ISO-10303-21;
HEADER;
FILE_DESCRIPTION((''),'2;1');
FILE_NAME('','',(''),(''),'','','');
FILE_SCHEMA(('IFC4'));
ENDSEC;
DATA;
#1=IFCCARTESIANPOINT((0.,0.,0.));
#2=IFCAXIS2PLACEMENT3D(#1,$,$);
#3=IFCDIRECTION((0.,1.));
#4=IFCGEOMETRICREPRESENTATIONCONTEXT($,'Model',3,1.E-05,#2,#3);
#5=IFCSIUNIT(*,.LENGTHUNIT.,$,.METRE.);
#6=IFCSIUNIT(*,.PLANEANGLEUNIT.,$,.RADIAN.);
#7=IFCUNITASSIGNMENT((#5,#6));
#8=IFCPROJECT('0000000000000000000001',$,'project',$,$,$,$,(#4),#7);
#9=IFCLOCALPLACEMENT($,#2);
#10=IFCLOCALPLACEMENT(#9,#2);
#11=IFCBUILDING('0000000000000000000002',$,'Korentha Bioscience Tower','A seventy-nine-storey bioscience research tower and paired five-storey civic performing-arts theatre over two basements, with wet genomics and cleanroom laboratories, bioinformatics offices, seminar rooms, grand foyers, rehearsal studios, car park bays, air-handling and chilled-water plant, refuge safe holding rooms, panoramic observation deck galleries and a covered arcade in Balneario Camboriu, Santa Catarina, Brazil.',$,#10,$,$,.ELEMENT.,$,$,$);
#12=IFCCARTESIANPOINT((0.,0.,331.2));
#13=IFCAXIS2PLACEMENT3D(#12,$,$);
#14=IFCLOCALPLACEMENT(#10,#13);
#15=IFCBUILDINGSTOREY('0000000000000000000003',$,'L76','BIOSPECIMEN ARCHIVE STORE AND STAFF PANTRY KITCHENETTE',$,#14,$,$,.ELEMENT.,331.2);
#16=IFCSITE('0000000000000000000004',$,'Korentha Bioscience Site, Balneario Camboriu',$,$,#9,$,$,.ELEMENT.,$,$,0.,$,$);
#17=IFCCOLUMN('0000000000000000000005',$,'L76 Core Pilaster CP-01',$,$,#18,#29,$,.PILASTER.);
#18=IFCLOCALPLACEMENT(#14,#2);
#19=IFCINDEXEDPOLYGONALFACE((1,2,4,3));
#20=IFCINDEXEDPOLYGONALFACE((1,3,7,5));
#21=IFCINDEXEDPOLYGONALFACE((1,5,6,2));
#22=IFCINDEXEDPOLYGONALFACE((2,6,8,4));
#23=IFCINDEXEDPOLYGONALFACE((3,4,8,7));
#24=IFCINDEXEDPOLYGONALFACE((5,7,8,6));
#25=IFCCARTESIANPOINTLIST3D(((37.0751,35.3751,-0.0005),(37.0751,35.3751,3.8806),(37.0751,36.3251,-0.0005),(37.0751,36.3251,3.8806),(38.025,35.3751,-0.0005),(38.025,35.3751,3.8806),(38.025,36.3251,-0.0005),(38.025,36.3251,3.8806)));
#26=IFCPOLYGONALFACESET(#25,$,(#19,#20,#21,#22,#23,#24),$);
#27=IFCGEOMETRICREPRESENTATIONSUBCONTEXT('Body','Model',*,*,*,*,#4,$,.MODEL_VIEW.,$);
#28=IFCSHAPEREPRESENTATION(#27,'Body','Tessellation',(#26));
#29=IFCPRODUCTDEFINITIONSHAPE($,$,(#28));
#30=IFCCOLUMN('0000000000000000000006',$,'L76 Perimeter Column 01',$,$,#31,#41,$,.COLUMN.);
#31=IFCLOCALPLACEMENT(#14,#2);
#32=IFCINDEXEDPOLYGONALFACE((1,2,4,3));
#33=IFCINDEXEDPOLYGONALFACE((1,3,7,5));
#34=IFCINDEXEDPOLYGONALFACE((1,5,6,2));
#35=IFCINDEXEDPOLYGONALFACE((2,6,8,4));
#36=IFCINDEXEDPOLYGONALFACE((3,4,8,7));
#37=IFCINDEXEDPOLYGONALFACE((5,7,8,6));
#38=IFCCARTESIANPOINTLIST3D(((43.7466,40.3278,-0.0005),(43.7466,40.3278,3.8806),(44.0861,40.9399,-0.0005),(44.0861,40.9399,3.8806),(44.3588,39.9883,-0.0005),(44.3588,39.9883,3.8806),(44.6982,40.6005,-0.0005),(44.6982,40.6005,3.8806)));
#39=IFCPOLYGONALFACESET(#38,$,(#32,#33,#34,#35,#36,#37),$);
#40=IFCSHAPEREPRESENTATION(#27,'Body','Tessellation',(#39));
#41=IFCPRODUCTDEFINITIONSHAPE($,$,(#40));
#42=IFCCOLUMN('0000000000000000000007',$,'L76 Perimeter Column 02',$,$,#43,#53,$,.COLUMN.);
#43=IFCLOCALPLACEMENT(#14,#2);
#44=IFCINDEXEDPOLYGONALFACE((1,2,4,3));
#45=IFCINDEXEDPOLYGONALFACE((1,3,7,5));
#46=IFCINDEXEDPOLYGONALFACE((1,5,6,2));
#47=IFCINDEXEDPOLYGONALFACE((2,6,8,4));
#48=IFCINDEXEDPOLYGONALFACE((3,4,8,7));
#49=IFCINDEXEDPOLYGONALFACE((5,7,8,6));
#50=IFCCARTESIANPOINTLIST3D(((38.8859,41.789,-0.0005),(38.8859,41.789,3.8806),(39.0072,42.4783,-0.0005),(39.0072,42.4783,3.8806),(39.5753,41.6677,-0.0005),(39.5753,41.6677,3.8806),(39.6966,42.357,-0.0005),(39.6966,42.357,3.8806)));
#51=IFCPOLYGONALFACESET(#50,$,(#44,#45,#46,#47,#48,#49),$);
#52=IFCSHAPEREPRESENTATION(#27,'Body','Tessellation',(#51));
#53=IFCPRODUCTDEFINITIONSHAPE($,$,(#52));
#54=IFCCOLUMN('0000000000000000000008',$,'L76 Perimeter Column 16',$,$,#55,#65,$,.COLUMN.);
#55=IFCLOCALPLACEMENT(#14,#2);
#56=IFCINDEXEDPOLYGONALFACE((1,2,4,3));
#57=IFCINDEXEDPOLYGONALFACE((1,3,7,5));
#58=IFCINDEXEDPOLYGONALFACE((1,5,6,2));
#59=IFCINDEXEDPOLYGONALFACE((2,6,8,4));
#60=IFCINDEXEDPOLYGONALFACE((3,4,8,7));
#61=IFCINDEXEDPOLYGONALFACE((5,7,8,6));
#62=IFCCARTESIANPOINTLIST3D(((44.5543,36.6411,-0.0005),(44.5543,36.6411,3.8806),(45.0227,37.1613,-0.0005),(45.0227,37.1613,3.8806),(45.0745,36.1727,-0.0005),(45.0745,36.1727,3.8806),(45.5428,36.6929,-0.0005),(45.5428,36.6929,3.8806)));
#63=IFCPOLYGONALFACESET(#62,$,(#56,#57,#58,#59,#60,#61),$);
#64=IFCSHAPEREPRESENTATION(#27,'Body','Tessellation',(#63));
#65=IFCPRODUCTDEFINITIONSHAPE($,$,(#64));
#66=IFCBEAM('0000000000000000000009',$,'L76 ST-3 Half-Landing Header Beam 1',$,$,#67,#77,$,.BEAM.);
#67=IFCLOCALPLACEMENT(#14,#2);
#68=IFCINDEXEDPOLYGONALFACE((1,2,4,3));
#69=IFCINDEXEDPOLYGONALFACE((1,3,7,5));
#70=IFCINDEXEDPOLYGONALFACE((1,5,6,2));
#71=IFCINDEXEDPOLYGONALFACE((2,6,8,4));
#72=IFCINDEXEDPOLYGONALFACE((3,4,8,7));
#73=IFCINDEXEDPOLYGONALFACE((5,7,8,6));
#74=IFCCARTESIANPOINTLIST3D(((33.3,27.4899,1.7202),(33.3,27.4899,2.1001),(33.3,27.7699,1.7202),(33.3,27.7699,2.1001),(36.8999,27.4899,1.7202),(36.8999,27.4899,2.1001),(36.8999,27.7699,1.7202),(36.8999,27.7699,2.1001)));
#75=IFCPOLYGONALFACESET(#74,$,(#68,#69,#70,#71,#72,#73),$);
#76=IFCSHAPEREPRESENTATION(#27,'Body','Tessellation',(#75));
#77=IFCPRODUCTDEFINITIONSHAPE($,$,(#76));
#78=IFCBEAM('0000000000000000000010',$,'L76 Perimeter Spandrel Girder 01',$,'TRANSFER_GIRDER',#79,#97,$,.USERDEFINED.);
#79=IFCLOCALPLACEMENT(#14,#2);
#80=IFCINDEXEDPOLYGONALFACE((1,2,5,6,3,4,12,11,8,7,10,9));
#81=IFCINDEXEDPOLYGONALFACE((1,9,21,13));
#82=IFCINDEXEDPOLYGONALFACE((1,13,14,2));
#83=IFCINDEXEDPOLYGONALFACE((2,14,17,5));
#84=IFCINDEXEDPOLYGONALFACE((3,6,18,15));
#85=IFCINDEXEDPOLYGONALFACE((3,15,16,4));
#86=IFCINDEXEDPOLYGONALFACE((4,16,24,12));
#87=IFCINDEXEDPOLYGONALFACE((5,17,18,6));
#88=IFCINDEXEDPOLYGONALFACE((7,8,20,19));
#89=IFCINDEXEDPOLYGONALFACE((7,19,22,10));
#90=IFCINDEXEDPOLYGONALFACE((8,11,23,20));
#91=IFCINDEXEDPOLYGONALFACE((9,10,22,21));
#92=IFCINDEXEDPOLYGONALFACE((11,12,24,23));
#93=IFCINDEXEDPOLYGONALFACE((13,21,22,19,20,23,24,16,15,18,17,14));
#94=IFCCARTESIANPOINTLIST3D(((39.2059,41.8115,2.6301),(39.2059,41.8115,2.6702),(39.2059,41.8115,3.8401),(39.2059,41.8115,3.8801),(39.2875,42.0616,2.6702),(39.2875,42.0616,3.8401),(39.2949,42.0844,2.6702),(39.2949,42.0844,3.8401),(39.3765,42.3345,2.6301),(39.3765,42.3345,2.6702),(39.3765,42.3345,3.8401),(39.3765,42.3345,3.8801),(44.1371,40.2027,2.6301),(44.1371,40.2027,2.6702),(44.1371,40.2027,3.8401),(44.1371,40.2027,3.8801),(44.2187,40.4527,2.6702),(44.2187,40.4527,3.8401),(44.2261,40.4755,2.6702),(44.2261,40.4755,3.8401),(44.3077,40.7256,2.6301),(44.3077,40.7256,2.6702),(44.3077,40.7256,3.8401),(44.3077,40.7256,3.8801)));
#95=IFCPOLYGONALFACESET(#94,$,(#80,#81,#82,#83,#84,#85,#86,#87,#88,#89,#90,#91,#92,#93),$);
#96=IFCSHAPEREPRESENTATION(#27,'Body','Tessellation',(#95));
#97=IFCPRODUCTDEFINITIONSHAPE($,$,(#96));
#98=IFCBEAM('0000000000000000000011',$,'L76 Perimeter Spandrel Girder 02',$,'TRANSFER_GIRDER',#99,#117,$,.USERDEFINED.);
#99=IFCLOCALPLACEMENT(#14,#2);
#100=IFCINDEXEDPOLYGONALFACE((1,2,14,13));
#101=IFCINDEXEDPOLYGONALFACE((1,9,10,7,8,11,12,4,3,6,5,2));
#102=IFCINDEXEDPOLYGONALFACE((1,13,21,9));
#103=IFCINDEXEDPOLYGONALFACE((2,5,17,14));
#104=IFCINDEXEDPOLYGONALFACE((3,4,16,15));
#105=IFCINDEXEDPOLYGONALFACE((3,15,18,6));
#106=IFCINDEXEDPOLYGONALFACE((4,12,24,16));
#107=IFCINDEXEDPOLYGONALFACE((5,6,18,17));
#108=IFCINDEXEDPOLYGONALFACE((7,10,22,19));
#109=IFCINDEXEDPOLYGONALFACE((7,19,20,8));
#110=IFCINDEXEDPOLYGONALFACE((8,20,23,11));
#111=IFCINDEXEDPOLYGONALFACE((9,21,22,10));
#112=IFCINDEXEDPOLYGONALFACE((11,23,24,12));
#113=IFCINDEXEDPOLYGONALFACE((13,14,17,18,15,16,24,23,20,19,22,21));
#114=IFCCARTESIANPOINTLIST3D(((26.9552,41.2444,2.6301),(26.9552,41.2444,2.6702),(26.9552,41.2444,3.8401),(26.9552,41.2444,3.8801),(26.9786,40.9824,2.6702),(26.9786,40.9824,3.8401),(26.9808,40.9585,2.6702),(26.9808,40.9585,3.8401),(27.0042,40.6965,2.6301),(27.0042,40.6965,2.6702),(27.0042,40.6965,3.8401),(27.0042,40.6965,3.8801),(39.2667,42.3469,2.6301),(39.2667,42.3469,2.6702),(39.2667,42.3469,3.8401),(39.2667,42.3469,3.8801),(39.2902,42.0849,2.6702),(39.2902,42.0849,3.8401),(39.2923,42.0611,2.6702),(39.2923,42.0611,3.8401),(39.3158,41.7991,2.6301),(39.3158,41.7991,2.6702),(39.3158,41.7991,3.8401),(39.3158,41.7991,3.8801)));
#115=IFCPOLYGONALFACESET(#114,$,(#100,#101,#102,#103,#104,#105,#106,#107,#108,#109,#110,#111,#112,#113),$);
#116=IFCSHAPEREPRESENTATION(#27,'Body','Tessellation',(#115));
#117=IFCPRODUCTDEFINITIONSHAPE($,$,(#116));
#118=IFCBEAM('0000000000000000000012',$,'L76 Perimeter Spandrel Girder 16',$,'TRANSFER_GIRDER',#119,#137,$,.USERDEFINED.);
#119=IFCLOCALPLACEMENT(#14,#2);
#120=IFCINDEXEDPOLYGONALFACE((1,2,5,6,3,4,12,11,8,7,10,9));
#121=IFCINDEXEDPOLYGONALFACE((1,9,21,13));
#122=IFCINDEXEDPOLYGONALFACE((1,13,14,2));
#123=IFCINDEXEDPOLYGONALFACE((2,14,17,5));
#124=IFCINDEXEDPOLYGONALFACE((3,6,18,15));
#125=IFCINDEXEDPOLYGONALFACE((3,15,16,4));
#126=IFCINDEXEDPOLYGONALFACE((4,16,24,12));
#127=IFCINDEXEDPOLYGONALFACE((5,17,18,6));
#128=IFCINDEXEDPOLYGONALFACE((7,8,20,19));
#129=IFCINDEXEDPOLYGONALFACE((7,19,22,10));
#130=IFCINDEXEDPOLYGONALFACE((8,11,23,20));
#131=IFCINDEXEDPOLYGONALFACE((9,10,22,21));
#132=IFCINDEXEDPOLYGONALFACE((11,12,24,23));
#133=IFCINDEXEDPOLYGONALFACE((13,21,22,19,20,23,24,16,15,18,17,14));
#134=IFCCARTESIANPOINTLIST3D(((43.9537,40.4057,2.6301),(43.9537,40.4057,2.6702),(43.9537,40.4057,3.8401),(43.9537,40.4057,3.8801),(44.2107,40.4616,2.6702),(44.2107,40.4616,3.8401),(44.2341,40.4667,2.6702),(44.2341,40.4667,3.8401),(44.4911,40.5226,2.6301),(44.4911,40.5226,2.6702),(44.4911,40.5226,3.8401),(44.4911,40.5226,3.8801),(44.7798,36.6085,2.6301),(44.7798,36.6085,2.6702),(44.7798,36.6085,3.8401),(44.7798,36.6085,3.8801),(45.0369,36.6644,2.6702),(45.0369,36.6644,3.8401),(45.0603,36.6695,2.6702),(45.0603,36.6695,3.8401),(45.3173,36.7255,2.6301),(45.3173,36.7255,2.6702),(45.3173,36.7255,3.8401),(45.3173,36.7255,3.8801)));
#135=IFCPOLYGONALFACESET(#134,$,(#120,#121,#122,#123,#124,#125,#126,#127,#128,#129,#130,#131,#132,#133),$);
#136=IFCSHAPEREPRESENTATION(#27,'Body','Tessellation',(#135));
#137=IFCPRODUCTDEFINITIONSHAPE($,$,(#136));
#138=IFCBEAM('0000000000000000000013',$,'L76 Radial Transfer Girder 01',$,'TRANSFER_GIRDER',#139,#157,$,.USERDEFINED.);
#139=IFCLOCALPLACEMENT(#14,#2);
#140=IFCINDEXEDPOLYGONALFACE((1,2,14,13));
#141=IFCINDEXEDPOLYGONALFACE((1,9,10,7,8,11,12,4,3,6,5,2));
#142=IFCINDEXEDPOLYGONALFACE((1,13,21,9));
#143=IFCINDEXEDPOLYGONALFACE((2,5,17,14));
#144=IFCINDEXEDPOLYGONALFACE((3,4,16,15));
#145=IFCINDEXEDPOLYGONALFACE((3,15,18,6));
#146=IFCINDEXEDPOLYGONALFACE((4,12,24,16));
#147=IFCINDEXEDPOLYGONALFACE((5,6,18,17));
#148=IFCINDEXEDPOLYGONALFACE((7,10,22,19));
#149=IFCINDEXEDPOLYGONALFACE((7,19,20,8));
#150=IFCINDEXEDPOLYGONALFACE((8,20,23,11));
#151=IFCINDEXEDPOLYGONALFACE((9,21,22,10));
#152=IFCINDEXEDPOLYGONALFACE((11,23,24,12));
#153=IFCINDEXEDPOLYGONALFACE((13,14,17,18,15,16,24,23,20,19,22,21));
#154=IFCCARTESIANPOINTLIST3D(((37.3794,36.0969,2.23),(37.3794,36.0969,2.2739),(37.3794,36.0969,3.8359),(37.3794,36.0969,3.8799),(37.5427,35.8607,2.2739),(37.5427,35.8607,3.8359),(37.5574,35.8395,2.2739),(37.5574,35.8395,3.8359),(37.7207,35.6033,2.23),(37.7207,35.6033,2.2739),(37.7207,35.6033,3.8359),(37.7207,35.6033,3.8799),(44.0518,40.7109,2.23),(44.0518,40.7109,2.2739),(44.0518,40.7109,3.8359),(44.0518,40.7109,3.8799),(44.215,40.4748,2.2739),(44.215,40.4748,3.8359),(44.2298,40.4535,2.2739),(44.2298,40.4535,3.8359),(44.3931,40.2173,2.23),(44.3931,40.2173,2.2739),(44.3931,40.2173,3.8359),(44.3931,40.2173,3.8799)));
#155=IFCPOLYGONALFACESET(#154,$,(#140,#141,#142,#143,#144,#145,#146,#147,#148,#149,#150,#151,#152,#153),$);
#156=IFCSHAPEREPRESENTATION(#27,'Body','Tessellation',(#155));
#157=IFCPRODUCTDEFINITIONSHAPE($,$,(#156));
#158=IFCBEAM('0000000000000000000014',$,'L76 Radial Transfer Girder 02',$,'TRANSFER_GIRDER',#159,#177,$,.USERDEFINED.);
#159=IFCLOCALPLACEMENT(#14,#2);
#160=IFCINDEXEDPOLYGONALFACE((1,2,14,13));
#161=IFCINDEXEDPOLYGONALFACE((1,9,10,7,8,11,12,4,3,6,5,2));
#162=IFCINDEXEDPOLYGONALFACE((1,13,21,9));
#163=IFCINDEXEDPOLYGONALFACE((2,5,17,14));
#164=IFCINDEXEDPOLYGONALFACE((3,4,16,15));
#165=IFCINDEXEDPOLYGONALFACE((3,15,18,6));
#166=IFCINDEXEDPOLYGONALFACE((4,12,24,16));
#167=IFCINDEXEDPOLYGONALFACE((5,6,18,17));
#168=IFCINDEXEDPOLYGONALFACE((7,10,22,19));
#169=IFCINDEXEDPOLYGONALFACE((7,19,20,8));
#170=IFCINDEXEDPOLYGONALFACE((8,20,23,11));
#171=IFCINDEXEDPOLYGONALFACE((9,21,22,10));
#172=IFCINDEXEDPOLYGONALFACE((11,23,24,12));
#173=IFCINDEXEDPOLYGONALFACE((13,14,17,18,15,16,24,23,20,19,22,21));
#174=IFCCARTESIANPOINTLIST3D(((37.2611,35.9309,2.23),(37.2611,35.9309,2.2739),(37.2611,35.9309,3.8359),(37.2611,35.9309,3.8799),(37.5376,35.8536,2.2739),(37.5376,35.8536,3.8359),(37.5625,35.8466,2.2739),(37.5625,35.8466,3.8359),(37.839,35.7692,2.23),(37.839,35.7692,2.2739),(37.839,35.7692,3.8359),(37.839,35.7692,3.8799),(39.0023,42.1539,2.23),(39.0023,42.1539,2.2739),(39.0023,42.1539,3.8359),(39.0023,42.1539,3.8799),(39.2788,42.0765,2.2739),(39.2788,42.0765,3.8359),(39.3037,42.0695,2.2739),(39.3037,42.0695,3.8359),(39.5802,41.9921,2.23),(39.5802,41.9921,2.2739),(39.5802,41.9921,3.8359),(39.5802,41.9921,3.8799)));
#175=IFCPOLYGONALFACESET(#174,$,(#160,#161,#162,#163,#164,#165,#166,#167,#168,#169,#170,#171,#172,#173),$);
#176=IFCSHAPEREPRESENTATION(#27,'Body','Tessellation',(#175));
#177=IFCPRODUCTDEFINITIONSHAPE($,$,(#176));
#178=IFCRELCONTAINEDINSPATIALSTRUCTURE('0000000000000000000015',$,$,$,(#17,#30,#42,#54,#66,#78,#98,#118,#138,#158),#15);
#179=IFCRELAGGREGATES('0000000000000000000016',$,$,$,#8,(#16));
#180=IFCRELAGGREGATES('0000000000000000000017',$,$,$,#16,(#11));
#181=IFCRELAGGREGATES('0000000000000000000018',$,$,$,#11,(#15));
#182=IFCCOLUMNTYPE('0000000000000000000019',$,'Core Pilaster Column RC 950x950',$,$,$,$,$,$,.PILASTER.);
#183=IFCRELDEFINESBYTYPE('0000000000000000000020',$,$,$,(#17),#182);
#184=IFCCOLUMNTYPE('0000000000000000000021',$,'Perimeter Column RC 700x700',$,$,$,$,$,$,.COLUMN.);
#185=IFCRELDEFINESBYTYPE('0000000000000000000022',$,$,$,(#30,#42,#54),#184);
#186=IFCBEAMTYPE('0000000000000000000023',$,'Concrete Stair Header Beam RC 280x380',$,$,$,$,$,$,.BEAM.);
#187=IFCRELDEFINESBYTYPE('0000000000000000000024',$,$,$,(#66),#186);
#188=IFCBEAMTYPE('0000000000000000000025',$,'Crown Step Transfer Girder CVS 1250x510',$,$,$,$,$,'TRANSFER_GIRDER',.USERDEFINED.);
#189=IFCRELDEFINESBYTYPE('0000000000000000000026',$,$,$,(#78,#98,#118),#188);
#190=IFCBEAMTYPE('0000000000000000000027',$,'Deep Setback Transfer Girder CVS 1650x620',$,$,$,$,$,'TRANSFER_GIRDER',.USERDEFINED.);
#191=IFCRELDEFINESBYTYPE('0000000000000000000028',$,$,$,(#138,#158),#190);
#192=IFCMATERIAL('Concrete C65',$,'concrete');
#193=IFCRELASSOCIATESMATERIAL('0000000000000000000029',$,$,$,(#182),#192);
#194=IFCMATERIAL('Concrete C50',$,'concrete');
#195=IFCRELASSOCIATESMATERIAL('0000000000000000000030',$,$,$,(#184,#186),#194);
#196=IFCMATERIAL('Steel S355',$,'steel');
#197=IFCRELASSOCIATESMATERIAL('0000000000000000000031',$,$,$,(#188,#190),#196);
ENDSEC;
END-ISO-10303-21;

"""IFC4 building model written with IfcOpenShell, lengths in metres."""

from ifc_helpers import new_model, si_unit, direction, frame, origin, origin_2d, place, context, subcontext, project, spatial, rectangle, i_section, extrude, material, material_profile, profile_set, type_object, element, save


model = new_model("IFC4")

# Units and contexts
model_context = context("Model", 3, precision=1e-05, world=origin(), true_north=direction((0.0, 1.0)))
body_context = subcontext(model_context, "Body", "Model", "MODEL_VIEW")
ifc_project = project(units=[si_unit("LENGTHUNIT", "METRE"), si_unit("PLANEANGLEUNIT", "RADIAN")], contexts=[model_context])

# Site, building, storey
site_placement = place(None, origin())
site = spatial("IfcSite", under=ifc_project, at=site_placement, Name="Korentha Bioscience Site, Balneario Camboriu", CompositionType="ELEMENT", RefElevation=0.0)
building_placement = place(site_placement, origin())
building = spatial("IfcBuilding", under=site, at=building_placement, Name="Korentha Bioscience Tower", Description="A seventy-nine-storey bioscience research tower and paired five-storey civic performing-arts theatre over two basements, with wet genomics and cleanroom laboratories, bioinformatics offices, seminar rooms, grand foyers, rehearsal studios, car park bays, air-handling and chilled-water plant, refuge safe holding rooms, panoramic observation deck galleries and a covered arcade in Balneario Camboriu, Santa Catarina, Brazil.", CompositionType="ELEMENT")
storey_placement = place(building_placement, frame((0.0, 0.0, 331.2)))
storey = spatial("IfcBuildingStorey", under=building, at=storey_placement, Name="L76", Description="BIOSPECIMEN ARCHIVE STORE AND STAFF PANTRY KITCHENETTE", CompositionType="ELEMENT", Elevation=331.2)

# Columns
ifc_material_1 = material(Name="Concrete C65", Category="concrete")
ifc_material_profile_1 = material_profile(ifc_material_1, rectangle(XDim=0.95, YDim=0.95, at=origin_2d()), Name="Concrete C65")
ifc_profile_set_1 = profile_set([ifc_material_profile_1], Name="Concrete C65 (COL-CP09)")
column_type_1 = type_object("IfcColumnType", Name="Core Pilaster Column RC 950x950", PredefinedType="PILASTER", material=ifc_profile_set_1)
column_placement = place(storey_placement, frame((37.55, 35.8501, -0.0005), z_axis=(0.0, 0.0, 1.0), x_axis=(1.0, 0.0, 0.0)))
element("IfcColumn", 1, at=column_placement, inside=storey, type_object=column_type_1, Name="L76 Core Pilaster CP-01", PredefinedType="PILASTER", context=body_context, shape_type="SweptSolid", body=[
    extrude(rectangle(XDim=0.95, YDim=0.95, at=origin_2d()), origin(), (0.0, 0.0, 1.0), 3.8811),
])
ifc_material_2 = material(Name="Concrete C50", Category="concrete")
ifc_material_profile_2 = material_profile(ifc_material_2, rectangle(XDim=0.7, YDim=0.7, at=origin_2d()), Name="Concrete C50")
ifc_profile_set_2 = profile_set([ifc_material_profile_2], Name="Concrete C50 (COL-P07)")
column_type_2 = type_object("IfcColumnType", Name="Perimeter Column RC 700x700", PredefinedType="COLUMN", material=ifc_profile_set_2)
for number, where, z_axis, x_axis, name in (
    (2, (44.2224, 40.4641, -0.0005), (0.0, 0.0, 1.0), (-0.874535, 0.484962, 0.0), "L76 Perimeter Column 01"),
    (3, (39.2913, 42.073, -0.0005), (0.0, 0.0, 1.0), (-0.984868, 0.173304, 0.0), "L76 Perimeter Column 02"),
    (4, (45.0486, 36.667, -0.0005), (0.0, 0.0, 1.0), (0.669131, 0.743145, 0.0), "L76 Perimeter Column 16"),
):
    element("IfcColumn", number, at=place(storey_placement, frame(where, z_axis=z_axis, x_axis=x_axis)), inside=storey, type_object=column_type_2, Name=name, PredefinedType="COLUMN", context=body_context, shape_type="SweptSolid", body=[
        extrude(rectangle(XDim=0.7, YDim=0.7, at=origin_2d()), origin(), (0.0, 0.0, 1.0), 3.8811),
    ])

# Beams
ifc_material_profile_3 = material_profile(ifc_material_2, rectangle(XDim=0.28, YDim=0.3799, at=origin_2d()), Name="Concrete C50")
ifc_profile_set_3 = profile_set([ifc_material_profile_3], Name="Concrete C50 (ST-HB380)")
beam_type_1 = type_object("IfcBeamType", Name="Concrete Stair Header Beam RC 280x380", PredefinedType="BEAM", material=ifc_profile_set_3)
beam_1_placement = place(storey_placement, frame((36.8999, 27.6299, 1.9102), z_axis=(-1.0, 0.0, 0.0), x_axis=(0.0, -1.0, 0.0)))
element("IfcBeam", 5, at=beam_1_placement, inside=storey, type_object=beam_type_1, Name="L76 ST-3 Half-Landing Header Beam 1", PredefinedType="BEAM", context=body_context, shape_type="SweptSolid", body=[
    extrude(rectangle(XDim=0.28, YDim=0.3799, at=origin_2d()), origin(), (0.0, 0.0, 1.0), 3.5999),
])
ifc_material_3 = material(Name="Steel S355", Category="steel")
ifc_material_profile_4 = material_profile(ifc_material_3, i_section(OverallWidth=0.55, OverallDepth=1.25, WebThickness=0.0239, FlangeThickness=0.04, at=origin_2d()), Name="Steel S355")
ifc_profile_set_4 = profile_set([ifc_material_profile_4], Name="Steel S355 (TG-03)")
beam_type_2 = type_object("IfcBeamType", Name="Crown Step Transfer Girder CVS 1250x510", ElementType="TRANSFER_GIRDER", PredefinedType="USERDEFINED", material=ifc_profile_set_4)
beam_2_placement = place(storey_placement, frame((44.2224, 40.4641, 3.2551), z_axis=(-0.950679, 0.310178, 0.0), x_axis=(-0.310178, -0.950679, 0.0)))
element("IfcBeam", 6, at=beam_2_placement, inside=storey, type_object=beam_type_2, Name="L76 Perimeter Spandrel Girder 01", ObjectType="TRANSFER_GIRDER", PredefinedType="USERDEFINED", context=body_context, shape_type="SweptSolid", body=[
    extrude(i_section(OverallWidth=0.55, OverallDepth=1.25, WebThickness=0.0239, FlangeThickness=0.04, at=origin_2d()), origin(), (0.0, 0.0, 1.0), 5.187),
])
beam_3_placement = place(storey_placement, frame((39.2913, 42.073, 3.2551), z_axis=(-0.996014, -0.089196, 0.0), x_axis=(0.089196, -0.996014, 0.0)))
element("IfcBeam", 7, at=beam_3_placement, inside=storey, type_object=beam_type_2, Name="L76 Perimeter Spandrel Girder 02", ObjectType="TRANSFER_GIRDER", PredefinedType="USERDEFINED", context=body_context, shape_type="SweptSolid", body=[
    extrude(i_section(OverallWidth=0.55, OverallDepth=1.25, WebThickness=0.0239, FlangeThickness=0.04, at=origin_2d()), origin(), (0.0, 0.0, 1.0), 12.3608),
])
beam_4_placement = place(storey_placement, frame((45.0486, 36.667, 3.2551), z_axis=(-0.212604, 0.977138, 0.0), x_axis=(-0.977138, -0.212604, 0.0)))
element("IfcBeam", 8, at=beam_4_placement, inside=storey, type_object=beam_type_2, Name="L76 Perimeter Spandrel Girder 16", ObjectType="TRANSFER_GIRDER", PredefinedType="USERDEFINED", context=body_context, shape_type="SweptSolid", body=[
    extrude(i_section(OverallWidth=0.55, OverallDepth=1.25, WebThickness=0.0239, FlangeThickness=0.04, at=origin_2d()), origin(), (0.0, 0.0, 1.0), 3.886),
])
ifc_material_profile_5 = material_profile(ifc_material_3, i_section(OverallWidth=0.6001, OverallDepth=1.6499, WebThickness=0.0259, FlangeThickness=0.0439, at=origin_2d()), Name="Steel S355")
ifc_profile_set_5 = profile_set([ifc_material_profile_5], Name="Steel S355 (TG-04)")
beam_type_3 = type_object("IfcBeamType", Name="Deep Setback Transfer Girder CVS 1650x620", ElementType="TRANSFER_GIRDER", PredefinedType="USERDEFINED", material=ifc_profile_set_5)
beam_5_placement = place(storey_placement, frame((37.55, 35.8501, 3.0549), z_axis=(0.822499, 0.568767, 0.0), x_axis=(-0.568767, 0.822499, 0.0)))
element("IfcBeam", 9, at=beam_5_placement, inside=storey, type_object=beam_type_3, Name="L76 Radial Transfer Girder 01", ObjectType="TRANSFER_GIRDER", PredefinedType="USERDEFINED", context=body_context, shape_type="SweptSolid", body=[
    extrude(i_section(OverallWidth=0.6001, OverallDepth=1.6499, WebThickness=0.0259, FlangeThickness=0.0439, at=origin_2d()), origin(), (0.0, 0.0, 1.0), 8.1123),
])
beam_6_placement = place(storey_placement, frame((37.55, 35.8501, 3.0549), z_axis=(0.269458, 0.963012, 0.0), x_axis=(-0.963012, 0.269458, 0.0)))
element("IfcBeam", 10, at=beam_6_placement, inside=storey, type_object=beam_type_3, Name="L76 Radial Transfer Girder 02", ObjectType="TRANSFER_GIRDER", PredefinedType="USERDEFINED", context=body_context, shape_type="SweptSolid", body=[
    extrude(i_section(OverallWidth=0.6001, OverallDepth=1.6499, WebThickness=0.0259, FlangeThickness=0.0439, at=origin_2d()), origin(), (0.0, 0.0, 1.0), 6.4619),
])

save(model, "model.ifc")
